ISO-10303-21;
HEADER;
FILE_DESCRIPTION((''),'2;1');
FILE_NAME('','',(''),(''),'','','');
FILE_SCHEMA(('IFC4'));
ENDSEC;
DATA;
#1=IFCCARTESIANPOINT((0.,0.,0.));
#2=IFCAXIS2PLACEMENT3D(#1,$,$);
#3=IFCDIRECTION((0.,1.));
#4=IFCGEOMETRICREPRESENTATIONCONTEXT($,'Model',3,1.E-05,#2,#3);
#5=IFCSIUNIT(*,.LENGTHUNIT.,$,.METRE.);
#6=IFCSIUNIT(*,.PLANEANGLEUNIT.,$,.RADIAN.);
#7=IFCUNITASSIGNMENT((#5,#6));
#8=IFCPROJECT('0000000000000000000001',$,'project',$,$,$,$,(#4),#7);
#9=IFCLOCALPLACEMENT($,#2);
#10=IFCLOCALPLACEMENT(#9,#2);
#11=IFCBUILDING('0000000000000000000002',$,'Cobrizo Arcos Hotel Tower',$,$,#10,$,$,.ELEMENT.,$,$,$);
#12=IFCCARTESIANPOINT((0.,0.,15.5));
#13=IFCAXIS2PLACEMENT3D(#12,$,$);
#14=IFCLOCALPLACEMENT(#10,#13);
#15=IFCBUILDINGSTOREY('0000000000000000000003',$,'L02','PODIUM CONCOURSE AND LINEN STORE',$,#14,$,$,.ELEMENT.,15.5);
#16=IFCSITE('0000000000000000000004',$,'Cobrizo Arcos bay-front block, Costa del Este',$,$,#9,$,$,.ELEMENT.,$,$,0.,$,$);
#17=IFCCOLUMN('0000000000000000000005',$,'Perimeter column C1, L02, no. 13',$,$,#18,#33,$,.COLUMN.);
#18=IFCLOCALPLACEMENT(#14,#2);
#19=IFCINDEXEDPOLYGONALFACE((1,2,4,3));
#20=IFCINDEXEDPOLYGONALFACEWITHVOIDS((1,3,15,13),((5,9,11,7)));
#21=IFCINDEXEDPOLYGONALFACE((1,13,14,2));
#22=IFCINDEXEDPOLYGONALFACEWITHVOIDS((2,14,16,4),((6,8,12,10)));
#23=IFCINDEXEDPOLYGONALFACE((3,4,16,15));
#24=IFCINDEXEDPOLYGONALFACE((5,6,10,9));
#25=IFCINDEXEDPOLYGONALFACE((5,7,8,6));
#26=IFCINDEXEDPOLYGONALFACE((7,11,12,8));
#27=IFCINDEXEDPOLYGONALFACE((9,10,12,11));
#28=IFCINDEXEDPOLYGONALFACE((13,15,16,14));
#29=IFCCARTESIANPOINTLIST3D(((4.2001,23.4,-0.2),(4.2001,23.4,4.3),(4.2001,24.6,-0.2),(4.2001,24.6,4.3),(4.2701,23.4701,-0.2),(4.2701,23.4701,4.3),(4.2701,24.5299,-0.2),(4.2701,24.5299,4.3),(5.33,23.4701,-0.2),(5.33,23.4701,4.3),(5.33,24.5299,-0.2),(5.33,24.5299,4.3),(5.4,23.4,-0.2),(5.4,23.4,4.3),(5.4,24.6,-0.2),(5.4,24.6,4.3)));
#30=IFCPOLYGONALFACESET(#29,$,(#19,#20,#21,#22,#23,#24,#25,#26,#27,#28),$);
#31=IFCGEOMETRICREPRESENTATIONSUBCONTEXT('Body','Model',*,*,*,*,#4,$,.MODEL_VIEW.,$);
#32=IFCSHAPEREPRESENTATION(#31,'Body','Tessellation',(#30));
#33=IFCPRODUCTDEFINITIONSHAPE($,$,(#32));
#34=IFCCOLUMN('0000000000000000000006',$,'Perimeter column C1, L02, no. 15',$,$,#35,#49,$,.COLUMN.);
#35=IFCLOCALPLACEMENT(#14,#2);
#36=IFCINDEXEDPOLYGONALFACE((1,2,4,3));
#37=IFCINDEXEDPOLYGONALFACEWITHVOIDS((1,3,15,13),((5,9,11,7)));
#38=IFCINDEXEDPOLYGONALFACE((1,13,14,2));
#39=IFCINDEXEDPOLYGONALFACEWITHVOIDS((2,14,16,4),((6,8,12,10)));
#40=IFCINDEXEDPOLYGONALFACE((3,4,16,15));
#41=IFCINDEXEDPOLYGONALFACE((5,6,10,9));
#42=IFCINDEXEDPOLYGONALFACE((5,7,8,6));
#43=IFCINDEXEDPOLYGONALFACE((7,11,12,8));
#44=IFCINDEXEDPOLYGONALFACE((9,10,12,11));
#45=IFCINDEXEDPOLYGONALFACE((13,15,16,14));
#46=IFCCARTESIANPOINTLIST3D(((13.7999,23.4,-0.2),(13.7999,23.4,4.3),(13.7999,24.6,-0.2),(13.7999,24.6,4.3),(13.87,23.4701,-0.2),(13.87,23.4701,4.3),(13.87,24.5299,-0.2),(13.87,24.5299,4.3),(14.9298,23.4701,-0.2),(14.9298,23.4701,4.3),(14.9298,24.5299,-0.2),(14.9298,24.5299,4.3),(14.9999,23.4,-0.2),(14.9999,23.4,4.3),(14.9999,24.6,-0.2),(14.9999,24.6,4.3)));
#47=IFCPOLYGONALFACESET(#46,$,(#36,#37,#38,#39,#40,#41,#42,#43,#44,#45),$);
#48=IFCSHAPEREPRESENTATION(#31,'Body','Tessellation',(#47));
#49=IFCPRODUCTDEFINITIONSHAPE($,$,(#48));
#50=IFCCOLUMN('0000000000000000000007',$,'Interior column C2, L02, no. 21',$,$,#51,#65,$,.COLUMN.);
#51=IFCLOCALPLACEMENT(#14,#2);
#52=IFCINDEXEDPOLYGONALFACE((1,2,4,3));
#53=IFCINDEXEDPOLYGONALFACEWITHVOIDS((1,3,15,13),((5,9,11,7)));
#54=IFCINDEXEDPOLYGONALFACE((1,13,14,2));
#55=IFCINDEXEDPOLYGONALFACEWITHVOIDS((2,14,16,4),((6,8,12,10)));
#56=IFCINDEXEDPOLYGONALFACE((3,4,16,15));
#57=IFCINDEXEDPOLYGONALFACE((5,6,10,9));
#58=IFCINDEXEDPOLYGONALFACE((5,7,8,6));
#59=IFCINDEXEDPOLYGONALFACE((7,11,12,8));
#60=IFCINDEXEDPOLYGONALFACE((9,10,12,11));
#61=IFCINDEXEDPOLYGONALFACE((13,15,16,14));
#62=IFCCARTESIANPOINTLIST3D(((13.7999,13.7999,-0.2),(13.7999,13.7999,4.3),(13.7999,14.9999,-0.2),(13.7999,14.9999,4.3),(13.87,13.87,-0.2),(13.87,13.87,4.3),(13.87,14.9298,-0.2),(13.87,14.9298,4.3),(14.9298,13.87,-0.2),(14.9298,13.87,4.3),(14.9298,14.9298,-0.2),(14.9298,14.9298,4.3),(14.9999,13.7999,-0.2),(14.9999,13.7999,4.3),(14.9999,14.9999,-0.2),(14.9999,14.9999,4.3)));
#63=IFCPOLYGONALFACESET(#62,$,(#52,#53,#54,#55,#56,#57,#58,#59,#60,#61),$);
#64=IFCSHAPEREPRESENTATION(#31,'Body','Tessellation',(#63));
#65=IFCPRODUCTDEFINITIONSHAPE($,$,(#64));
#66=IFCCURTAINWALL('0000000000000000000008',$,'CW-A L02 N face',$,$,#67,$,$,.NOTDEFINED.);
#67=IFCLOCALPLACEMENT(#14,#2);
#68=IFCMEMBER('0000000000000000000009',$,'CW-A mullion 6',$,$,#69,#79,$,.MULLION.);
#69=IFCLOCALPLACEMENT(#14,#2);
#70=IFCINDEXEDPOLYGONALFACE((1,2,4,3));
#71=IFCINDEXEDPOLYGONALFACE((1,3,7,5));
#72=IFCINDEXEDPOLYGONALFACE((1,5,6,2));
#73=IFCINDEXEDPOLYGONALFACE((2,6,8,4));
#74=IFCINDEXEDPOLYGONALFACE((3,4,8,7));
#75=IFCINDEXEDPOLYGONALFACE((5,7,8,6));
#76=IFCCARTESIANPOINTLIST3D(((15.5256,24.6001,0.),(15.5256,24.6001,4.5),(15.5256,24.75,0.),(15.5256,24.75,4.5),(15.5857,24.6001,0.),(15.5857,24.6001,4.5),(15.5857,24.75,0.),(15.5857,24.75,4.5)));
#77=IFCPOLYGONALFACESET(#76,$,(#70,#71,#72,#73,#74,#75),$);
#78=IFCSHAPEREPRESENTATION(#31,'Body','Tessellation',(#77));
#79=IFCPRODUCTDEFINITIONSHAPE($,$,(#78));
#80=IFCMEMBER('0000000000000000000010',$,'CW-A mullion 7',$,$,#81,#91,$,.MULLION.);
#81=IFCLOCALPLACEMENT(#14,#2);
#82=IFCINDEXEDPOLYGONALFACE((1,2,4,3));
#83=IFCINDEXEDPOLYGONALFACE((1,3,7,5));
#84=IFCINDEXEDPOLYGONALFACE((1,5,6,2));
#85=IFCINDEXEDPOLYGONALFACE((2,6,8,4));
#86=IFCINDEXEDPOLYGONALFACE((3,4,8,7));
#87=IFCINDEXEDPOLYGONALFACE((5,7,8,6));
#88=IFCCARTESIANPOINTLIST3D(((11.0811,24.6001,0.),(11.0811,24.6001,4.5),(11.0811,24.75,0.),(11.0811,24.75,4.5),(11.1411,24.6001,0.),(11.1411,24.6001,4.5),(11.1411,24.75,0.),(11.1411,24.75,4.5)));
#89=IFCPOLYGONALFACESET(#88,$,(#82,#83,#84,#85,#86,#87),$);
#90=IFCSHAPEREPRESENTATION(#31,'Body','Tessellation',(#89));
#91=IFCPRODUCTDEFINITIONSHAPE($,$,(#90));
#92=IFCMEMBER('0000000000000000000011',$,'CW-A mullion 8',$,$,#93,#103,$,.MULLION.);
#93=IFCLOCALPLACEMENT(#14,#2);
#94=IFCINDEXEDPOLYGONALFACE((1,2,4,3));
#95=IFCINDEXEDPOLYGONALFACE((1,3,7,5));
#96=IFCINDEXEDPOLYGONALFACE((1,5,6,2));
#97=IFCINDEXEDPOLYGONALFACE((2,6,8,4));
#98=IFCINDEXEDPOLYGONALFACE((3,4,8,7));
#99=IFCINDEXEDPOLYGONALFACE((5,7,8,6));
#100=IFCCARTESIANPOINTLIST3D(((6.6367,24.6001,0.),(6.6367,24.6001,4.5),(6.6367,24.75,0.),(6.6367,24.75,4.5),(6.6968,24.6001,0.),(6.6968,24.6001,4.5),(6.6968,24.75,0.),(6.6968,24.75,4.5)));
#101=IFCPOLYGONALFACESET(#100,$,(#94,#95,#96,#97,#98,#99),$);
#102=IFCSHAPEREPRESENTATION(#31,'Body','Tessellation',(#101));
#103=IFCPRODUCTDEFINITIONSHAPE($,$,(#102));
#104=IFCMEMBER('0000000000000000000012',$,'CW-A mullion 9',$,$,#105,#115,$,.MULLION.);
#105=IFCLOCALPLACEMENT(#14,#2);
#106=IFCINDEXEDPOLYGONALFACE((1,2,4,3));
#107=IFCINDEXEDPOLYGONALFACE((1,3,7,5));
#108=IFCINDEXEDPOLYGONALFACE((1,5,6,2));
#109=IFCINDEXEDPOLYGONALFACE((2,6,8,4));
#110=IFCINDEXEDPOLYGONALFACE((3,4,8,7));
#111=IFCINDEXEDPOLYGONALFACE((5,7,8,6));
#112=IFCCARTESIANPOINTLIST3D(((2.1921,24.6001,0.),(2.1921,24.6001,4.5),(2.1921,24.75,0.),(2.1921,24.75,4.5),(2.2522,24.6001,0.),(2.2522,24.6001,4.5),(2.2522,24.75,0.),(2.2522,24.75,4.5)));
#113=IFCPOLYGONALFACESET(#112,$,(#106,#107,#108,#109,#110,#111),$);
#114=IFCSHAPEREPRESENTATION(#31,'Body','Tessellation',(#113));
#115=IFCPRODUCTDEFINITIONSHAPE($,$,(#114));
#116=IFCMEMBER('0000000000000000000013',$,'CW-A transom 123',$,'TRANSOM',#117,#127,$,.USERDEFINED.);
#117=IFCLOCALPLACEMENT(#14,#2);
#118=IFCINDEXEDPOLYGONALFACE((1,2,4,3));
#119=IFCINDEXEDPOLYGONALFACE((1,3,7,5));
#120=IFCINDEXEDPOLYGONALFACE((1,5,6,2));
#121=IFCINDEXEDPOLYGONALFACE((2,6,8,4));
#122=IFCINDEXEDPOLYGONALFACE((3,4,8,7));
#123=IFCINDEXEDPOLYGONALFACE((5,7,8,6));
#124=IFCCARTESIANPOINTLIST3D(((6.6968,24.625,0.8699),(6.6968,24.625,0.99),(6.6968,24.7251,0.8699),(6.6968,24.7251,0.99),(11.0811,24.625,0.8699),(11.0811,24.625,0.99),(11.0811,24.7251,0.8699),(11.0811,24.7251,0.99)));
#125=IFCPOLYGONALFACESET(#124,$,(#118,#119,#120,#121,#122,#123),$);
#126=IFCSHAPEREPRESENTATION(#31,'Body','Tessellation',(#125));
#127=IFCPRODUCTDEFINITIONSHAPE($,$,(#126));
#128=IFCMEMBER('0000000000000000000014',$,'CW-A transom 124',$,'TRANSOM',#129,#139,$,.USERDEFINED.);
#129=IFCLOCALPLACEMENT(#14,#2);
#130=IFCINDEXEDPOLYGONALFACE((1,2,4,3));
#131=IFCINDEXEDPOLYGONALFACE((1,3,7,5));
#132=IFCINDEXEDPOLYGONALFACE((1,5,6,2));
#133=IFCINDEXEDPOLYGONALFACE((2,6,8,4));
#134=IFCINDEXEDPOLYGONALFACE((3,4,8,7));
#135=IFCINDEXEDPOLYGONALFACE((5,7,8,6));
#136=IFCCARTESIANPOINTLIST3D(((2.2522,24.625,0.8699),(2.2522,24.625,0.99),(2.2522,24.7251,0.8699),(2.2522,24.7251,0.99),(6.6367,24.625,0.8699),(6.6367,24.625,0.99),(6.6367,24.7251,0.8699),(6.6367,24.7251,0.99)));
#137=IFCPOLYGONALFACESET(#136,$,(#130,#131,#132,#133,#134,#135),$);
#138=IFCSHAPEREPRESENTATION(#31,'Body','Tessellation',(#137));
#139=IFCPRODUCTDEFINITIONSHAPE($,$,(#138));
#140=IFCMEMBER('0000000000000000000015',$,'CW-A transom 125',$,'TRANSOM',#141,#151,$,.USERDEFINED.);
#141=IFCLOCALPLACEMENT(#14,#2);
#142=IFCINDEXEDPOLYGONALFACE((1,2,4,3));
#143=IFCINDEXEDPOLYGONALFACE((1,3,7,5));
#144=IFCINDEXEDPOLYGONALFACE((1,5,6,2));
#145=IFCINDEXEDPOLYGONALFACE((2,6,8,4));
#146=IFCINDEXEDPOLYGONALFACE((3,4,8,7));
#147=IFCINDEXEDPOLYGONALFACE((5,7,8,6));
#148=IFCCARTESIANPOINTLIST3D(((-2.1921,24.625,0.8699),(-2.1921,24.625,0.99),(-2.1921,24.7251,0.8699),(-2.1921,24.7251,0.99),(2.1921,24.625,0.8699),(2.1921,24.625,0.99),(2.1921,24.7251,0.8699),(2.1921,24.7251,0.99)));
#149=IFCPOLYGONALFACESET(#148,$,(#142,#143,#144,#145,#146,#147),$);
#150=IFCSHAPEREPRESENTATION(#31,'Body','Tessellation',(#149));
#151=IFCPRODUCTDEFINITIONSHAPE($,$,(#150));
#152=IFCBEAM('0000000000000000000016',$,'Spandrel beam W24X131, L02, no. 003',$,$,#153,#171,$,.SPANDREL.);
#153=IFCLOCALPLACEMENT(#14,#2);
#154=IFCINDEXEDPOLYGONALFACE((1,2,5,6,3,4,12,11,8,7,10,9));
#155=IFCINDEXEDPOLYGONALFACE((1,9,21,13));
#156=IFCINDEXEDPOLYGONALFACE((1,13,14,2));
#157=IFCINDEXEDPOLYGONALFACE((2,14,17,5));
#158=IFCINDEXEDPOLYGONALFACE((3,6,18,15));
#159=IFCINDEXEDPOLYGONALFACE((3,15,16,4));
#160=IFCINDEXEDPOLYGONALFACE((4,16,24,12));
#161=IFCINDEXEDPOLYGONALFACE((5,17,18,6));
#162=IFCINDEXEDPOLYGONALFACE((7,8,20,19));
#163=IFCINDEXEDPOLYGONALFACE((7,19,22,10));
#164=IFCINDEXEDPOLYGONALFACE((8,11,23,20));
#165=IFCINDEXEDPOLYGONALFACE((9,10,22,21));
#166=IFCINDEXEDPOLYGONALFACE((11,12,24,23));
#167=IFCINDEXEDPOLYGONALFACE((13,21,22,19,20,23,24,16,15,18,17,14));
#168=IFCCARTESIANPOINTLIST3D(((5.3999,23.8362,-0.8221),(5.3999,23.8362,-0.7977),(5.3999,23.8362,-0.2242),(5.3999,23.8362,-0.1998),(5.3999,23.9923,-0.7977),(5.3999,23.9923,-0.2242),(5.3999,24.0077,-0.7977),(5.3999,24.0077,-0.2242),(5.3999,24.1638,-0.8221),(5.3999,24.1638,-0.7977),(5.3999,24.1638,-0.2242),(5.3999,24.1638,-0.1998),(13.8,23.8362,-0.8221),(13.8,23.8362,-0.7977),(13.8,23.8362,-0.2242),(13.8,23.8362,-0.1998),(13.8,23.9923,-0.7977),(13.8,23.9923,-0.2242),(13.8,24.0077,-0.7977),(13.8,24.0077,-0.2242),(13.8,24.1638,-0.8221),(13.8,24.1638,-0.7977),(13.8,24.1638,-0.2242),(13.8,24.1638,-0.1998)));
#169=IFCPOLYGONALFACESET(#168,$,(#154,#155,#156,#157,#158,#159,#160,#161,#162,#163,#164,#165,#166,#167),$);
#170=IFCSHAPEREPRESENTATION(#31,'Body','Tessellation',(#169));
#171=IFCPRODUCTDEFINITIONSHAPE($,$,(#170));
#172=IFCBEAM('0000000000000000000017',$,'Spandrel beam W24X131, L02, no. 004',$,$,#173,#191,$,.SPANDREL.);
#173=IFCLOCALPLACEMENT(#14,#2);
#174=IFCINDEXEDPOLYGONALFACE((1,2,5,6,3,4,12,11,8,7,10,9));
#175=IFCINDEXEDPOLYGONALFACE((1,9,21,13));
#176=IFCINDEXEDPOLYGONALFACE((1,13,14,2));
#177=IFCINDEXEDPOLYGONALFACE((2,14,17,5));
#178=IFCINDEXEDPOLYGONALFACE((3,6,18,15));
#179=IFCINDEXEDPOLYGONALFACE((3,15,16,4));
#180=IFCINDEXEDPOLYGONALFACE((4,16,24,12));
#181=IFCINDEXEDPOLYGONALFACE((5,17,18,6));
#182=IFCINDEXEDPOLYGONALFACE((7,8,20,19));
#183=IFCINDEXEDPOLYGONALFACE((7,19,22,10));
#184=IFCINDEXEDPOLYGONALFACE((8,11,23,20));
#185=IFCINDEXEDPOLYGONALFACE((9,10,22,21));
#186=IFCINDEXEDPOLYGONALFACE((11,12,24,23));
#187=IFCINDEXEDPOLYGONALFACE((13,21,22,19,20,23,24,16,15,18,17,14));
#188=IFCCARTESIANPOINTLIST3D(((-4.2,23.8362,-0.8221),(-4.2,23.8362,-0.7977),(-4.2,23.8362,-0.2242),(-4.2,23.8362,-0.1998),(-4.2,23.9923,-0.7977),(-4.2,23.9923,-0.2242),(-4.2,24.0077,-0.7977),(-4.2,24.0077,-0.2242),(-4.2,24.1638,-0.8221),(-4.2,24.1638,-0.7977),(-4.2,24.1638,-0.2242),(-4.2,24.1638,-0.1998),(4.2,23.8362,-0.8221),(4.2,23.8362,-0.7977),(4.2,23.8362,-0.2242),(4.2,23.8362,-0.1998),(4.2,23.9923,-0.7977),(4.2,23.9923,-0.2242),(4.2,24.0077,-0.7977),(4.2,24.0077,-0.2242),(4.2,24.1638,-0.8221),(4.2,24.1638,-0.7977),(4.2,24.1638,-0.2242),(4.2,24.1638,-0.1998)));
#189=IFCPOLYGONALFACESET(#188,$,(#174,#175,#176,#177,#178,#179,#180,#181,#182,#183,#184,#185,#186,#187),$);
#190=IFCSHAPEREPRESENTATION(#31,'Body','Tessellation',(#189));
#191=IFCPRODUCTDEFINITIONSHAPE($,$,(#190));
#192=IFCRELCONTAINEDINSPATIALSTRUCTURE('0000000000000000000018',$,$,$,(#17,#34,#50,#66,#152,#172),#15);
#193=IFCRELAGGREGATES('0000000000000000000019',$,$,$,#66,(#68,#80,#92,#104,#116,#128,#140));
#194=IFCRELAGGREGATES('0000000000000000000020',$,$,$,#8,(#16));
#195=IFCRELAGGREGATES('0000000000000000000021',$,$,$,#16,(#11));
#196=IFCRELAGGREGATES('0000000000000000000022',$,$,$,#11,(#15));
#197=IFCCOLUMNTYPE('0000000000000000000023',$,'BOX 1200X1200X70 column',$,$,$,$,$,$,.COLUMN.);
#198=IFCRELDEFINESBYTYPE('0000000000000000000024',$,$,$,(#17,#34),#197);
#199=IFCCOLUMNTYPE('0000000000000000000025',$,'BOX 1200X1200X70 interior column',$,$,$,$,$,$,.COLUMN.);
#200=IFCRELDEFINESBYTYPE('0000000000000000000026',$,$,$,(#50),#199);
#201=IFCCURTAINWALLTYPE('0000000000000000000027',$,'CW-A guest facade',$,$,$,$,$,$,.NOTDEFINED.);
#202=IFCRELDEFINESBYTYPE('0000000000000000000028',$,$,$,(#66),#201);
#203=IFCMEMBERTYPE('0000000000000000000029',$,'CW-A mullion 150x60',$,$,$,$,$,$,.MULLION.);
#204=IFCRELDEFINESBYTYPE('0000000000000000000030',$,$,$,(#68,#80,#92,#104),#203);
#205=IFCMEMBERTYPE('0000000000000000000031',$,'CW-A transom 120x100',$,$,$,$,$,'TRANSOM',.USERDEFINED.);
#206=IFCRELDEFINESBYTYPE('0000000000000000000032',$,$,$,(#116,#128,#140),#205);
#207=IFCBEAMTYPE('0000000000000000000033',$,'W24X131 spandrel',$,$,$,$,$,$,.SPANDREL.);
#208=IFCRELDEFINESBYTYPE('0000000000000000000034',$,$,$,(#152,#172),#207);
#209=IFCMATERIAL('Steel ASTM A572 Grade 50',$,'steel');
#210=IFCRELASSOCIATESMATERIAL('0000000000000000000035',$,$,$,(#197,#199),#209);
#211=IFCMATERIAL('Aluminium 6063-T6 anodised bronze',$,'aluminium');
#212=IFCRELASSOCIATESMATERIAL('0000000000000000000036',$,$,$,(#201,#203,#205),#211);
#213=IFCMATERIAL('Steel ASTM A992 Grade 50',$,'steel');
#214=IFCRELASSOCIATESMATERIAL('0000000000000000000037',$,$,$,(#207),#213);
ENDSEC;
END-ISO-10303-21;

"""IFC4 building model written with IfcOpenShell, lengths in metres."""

from ifc_helpers import new_model, si_unit, direction, frame, origin, origin_2d, place, context, subcontext, project, spatial, rectangle, hollow_rectangle, i_section, extrude, material, material_profile, profile_set, type_object, element, aggregate, save


model = new_model("IFC4")

# Units and contexts
model_context = context("Model", 3, precision=1e-05, world=origin(), true_north=direction((0.0, 1.0)))
body_context = subcontext(model_context, "Body", "Model", "MODEL_VIEW")
ifc_project = project(units=[si_unit("LENGTHUNIT", "METRE"), si_unit("PLANEANGLEUNIT", "RADIAN")], contexts=[model_context])

# Site, building, storey
site_placement = place(None, origin())
site = spatial("IfcSite", under=ifc_project, at=site_placement, Name="Cobrizo Arcos bay-front block, Costa del Este", CompositionType="ELEMENT", RefElevation=0.0)
building_placement = place(site_placement, origin())
building = spatial("IfcBuilding", under=site, at=building_placement, Name="Cobrizo Arcos Hotel Tower", CompositionType="ELEMENT")
storey_placement = place(building_placement, frame((0.0, 0.0, 15.5)))
storey = spatial("IfcBuildingStorey", under=building, at=storey_placement, Name="L02", Description="PODIUM CONCOURSE AND LINEN STORE", CompositionType="ELEMENT", Elevation=15.5)

# Columns
ifc_material_1 = material(Name="Steel ASTM A572 Grade 50", Category="steel")
ifc_material_profile_1 = material_profile(ifc_material_1, hollow_rectangle(XDim=1.2, YDim=1.2, WallThickness=0.0701, at=origin_2d()), Name="BOX 1200X1200X70")
ifc_profile_set_1 = profile_set([ifc_material_profile_1], Name="Steel ASTM A572 Grade 50")
column_type_1 = type_object("IfcColumnType", Name="BOX 1200X1200X70 column", PredefinedType="COLUMN", material=ifc_profile_set_1)
for number, where, z_axis, x_axis, name in (
    (1, (4.8, 24.0, -0.2), (0.0, 0.0, 1.0), (1.0, 0.0, 0.0), "Perimeter column C1, L02, no. 13"),
    (2, (14.3999, 24.0, -0.2), (0.0, 0.0, 1.0), (1.0, 0.0, 0.0), "Perimeter column C1, L02, no. 15"),
):
    element("IfcColumn", number, at=place(storey_placement, frame(where, z_axis=z_axis, x_axis=x_axis)), inside=storey, type_object=column_type_1, Name=name, PredefinedType="COLUMN", context=body_context, shape_type="SweptSolid", body=[
        extrude(hollow_rectangle(XDim=1.2, YDim=1.2, WallThickness=0.0701, at=origin_2d()), origin(), (0.0, 0.0, 1.0), 4.5),
    ])
ifc_material_profile_2 = material_profile(ifc_material_1, hollow_rectangle(XDim=1.2, YDim=1.2, WallThickness=0.0701, at=origin_2d()), Name="BOX 1200X1200X70")
ifc_profile_set_2 = profile_set([ifc_material_profile_2], Name="Steel ASTM A572 Grade 50")
column_type_2 = type_object("IfcColumnType", Name="BOX 1200X1200X70 interior column", PredefinedType="COLUMN", material=ifc_profile_set_2)
column_placement = place(storey_placement, frame((14.3999, 14.3999, -0.2), z_axis=(0.0, 0.0, 1.0), x_axis=(1.0, 0.0, 0.0)))
element("IfcColumn", 3, at=column_placement, inside=storey, type_object=column_type_2, Name="Interior column C2, L02, no. 21", PredefinedType="COLUMN", context=body_context, shape_type="SweptSolid", body=[
    extrude(hollow_rectangle(XDim=1.2, YDim=1.2, WallThickness=0.0701, at=origin_2d()), origin(), (0.0, 0.0, 1.0), 4.5),
])

# Curtain wall, members
ifc_material_2 = material(Name="Aluminium 6063-T6 anodised bronze", Category="aluminium")
curtain_wall_type = type_object("IfcCurtainWallType", Name="CW-A guest facade", PredefinedType="NOTDEFINED", material=ifc_material_2)
curtain_wall_placement = place(storey_placement, origin())
curtain_wall = element("IfcCurtainWall", 4, at=curtain_wall_placement, inside=storey, type_object=curtain_wall_type, Name="CW-A L02 N face", PredefinedType="NOTDEFINED")
ifc_material_profile_3 = material_profile(ifc_material_2, rectangle(XDim=0.1499, YDim=0.0601, at=origin_2d()), Name="CW-A mullion 150x60")
ifc_profile_set_3 = profile_set([ifc_material_profile_3], Name="Aluminium 6063-T6 anodised bronze")
member_type_1 = type_object("IfcMemberType", Name="CW-A mullion 150x60", PredefinedType="MULLION", material=ifc_profile_set_3)
member_1_placement = place(storey_placement, frame((15.5557, 24.675, 0.0), z_axis=(0.0, 0.0, 1.0), x_axis=(0.0, 1.0, 0.0)))
member_1 = element("IfcMember", 5, at=member_1_placement, type_object=member_type_1, Name="CW-A mullion 6", PredefinedType="MULLION", context=body_context, shape_type="SweptSolid", body=[
    extrude(rectangle(XDim=0.1499, YDim=0.0601, at=origin_2d()), origin(), (0.0, 0.0, 1.0), 4.5),
])
member_2_placement = place(storey_placement, frame((11.1111, 24.675, 0.0), z_axis=(0.0, 0.0, 1.0), x_axis=(0.0, 1.0, 0.0)))
member_2 = element("IfcMember", 6, at=member_2_placement, type_object=member_type_1, Name="CW-A mullion 7", PredefinedType="MULLION", context=body_context, shape_type="SweptSolid", body=[
    extrude(rectangle(XDim=0.1499, YDim=0.0601, at=origin_2d()), origin(), (0.0, 0.0, 1.0), 4.5),
])
member_3_placement = place(storey_placement, frame((6.6667, 24.675, 0.0), z_axis=(0.0, 0.0, 1.0), x_axis=(0.0, 1.0, 0.0)))
member_3 = element("IfcMember", 7, at=member_3_placement, type_object=member_type_1, Name="CW-A mullion 8", PredefinedType="MULLION", context=body_context, shape_type="SweptSolid", body=[
    extrude(rectangle(XDim=0.1499, YDim=0.0601, at=origin_2d()), origin(), (0.0, 0.0, 1.0), 4.5),
])
member_4_placement = place(storey_placement, frame((2.2222, 24.675, 0.0), z_axis=(0.0, 0.0, 1.0), x_axis=(0.0, 1.0, 0.0)))
member_4 = element("IfcMember", 8, at=member_4_placement, type_object=member_type_1, Name="CW-A mullion 9", PredefinedType="MULLION", context=body_context, shape_type="SweptSolid", body=[
    extrude(rectangle(XDim=0.1499, YDim=0.0601, at=origin_2d()), origin(), (0.0, 0.0, 1.0), 4.5),
])
ifc_material_profile_4 = material_profile(ifc_material_2, rectangle(XDim=0.1001, YDim=0.1201, at=origin_2d()), Name="CW-A transom 120x100")
ifc_profile_set_4 = profile_set([ifc_material_profile_4], Name="Aluminium 6063-T6 anodised bronze")
member_type_2 = type_object("IfcMemberType", Name="CW-A transom 120x100", ElementType="TRANSOM", PredefinedType="USERDEFINED", material=ifc_profile_set_4)
member_5_placement = place(storey_placement, frame((11.0811, 24.675, 0.9299), z_axis=(-1.0, 0.0, 0.0), x_axis=(0.0, -1.0, 0.0)))
member_5 = element("IfcMember", 9, at=member_5_placement, type_object=member_type_2, Name="CW-A transom 123", ObjectType="TRANSOM", PredefinedType="USERDEFINED", context=body_context, shape_type="SweptSolid", body=[
    extrude(rectangle(XDim=0.1001, YDim=0.1201, at=origin_2d()), origin(), (0.0, 0.0, 1.0), 4.3843),
])
member_6_placement = place(storey_placement, frame((6.6367, 24.675, 0.9299), z_axis=(-1.0, 0.0, 0.0), x_axis=(0.0, -1.0, 0.0)))
member_6 = element("IfcMember", 10, at=member_6_placement, type_object=member_type_2, Name="CW-A transom 124", ObjectType="TRANSOM", PredefinedType="USERDEFINED", context=body_context, shape_type="SweptSolid", body=[
    extrude(rectangle(XDim=0.1001, YDim=0.1201, at=origin_2d()), origin(), (0.0, 0.0, 1.0), 4.3845),
])
member_7_placement = place(storey_placement, frame((2.1921, 24.675, 0.9299), z_axis=(-1.0, 0.0, 0.0), x_axis=(0.0, -1.0, 0.0)))
member_7 = element("IfcMember", 11, at=member_7_placement, type_object=member_type_2, Name="CW-A transom 125", ObjectType="TRANSOM", PredefinedType="USERDEFINED", context=body_context, shape_type="SweptSolid", body=[
    extrude(rectangle(XDim=0.1001, YDim=0.1201, at=origin_2d()), origin(), (0.0, 0.0, 1.0), 4.3843),
])

# Beams
ifc_material_3 = material(Name="Steel ASTM A992 Grade 50", Category="steel")
ifc_material_profile_5 = material_profile(ifc_material_3, i_section(OverallWidth=0.3276, OverallDepth=0.6223, WebThickness=0.0154, FlangeThickness=0.0244, at=origin_2d()), Name="W24X131")
ifc_profile_set_5 = profile_set([ifc_material_profile_5], Name="Steel ASTM A992 Grade 50")
beam_type_1 = type_object("IfcBeamType", Name="W24X131 spandrel", PredefinedType="SPANDREL", material=ifc_profile_set_5)
beam_1_placement = place(storey_placement, frame((13.8, 24.0, -0.511), z_axis=(-1.0, 0.0, 0.0), x_axis=(0.0, -1.0, 0.0)))
element("IfcBeam", 12, at=beam_1_placement, inside=storey, type_object=beam_type_1, Name="Spandrel beam W24X131, L02, no. 003", PredefinedType="SPANDREL", context=body_context, shape_type="SweptSolid", body=[
    extrude(i_section(OverallWidth=0.3276, OverallDepth=0.6223, WebThickness=0.0154, FlangeThickness=0.0244, at=origin_2d()), origin(), (0.0, 0.0, 1.0), 8.4001),
])
beam_2_placement = place(storey_placement, frame((4.2, 24.0, -0.511), z_axis=(-1.0, 0.0, 0.0), x_axis=(0.0, -1.0, 0.0)))
element("IfcBeam", 13, at=beam_2_placement, inside=storey, type_object=beam_type_1, Name="Spandrel beam W24X131, L02, no. 004", PredefinedType="SPANDREL", context=body_context, shape_type="SweptSolid", body=[
    extrude(i_section(OverallWidth=0.3276, OverallDepth=0.6223, WebThickness=0.0154, FlangeThickness=0.0244, at=origin_2d()), origin(), (0.0, 0.0, 1.0), 8.3999),
])

aggregate(curtain_wall, [member_1, member_2, member_3, member_4, member_5, member_6, member_7])

save(model, "model.ifc")
